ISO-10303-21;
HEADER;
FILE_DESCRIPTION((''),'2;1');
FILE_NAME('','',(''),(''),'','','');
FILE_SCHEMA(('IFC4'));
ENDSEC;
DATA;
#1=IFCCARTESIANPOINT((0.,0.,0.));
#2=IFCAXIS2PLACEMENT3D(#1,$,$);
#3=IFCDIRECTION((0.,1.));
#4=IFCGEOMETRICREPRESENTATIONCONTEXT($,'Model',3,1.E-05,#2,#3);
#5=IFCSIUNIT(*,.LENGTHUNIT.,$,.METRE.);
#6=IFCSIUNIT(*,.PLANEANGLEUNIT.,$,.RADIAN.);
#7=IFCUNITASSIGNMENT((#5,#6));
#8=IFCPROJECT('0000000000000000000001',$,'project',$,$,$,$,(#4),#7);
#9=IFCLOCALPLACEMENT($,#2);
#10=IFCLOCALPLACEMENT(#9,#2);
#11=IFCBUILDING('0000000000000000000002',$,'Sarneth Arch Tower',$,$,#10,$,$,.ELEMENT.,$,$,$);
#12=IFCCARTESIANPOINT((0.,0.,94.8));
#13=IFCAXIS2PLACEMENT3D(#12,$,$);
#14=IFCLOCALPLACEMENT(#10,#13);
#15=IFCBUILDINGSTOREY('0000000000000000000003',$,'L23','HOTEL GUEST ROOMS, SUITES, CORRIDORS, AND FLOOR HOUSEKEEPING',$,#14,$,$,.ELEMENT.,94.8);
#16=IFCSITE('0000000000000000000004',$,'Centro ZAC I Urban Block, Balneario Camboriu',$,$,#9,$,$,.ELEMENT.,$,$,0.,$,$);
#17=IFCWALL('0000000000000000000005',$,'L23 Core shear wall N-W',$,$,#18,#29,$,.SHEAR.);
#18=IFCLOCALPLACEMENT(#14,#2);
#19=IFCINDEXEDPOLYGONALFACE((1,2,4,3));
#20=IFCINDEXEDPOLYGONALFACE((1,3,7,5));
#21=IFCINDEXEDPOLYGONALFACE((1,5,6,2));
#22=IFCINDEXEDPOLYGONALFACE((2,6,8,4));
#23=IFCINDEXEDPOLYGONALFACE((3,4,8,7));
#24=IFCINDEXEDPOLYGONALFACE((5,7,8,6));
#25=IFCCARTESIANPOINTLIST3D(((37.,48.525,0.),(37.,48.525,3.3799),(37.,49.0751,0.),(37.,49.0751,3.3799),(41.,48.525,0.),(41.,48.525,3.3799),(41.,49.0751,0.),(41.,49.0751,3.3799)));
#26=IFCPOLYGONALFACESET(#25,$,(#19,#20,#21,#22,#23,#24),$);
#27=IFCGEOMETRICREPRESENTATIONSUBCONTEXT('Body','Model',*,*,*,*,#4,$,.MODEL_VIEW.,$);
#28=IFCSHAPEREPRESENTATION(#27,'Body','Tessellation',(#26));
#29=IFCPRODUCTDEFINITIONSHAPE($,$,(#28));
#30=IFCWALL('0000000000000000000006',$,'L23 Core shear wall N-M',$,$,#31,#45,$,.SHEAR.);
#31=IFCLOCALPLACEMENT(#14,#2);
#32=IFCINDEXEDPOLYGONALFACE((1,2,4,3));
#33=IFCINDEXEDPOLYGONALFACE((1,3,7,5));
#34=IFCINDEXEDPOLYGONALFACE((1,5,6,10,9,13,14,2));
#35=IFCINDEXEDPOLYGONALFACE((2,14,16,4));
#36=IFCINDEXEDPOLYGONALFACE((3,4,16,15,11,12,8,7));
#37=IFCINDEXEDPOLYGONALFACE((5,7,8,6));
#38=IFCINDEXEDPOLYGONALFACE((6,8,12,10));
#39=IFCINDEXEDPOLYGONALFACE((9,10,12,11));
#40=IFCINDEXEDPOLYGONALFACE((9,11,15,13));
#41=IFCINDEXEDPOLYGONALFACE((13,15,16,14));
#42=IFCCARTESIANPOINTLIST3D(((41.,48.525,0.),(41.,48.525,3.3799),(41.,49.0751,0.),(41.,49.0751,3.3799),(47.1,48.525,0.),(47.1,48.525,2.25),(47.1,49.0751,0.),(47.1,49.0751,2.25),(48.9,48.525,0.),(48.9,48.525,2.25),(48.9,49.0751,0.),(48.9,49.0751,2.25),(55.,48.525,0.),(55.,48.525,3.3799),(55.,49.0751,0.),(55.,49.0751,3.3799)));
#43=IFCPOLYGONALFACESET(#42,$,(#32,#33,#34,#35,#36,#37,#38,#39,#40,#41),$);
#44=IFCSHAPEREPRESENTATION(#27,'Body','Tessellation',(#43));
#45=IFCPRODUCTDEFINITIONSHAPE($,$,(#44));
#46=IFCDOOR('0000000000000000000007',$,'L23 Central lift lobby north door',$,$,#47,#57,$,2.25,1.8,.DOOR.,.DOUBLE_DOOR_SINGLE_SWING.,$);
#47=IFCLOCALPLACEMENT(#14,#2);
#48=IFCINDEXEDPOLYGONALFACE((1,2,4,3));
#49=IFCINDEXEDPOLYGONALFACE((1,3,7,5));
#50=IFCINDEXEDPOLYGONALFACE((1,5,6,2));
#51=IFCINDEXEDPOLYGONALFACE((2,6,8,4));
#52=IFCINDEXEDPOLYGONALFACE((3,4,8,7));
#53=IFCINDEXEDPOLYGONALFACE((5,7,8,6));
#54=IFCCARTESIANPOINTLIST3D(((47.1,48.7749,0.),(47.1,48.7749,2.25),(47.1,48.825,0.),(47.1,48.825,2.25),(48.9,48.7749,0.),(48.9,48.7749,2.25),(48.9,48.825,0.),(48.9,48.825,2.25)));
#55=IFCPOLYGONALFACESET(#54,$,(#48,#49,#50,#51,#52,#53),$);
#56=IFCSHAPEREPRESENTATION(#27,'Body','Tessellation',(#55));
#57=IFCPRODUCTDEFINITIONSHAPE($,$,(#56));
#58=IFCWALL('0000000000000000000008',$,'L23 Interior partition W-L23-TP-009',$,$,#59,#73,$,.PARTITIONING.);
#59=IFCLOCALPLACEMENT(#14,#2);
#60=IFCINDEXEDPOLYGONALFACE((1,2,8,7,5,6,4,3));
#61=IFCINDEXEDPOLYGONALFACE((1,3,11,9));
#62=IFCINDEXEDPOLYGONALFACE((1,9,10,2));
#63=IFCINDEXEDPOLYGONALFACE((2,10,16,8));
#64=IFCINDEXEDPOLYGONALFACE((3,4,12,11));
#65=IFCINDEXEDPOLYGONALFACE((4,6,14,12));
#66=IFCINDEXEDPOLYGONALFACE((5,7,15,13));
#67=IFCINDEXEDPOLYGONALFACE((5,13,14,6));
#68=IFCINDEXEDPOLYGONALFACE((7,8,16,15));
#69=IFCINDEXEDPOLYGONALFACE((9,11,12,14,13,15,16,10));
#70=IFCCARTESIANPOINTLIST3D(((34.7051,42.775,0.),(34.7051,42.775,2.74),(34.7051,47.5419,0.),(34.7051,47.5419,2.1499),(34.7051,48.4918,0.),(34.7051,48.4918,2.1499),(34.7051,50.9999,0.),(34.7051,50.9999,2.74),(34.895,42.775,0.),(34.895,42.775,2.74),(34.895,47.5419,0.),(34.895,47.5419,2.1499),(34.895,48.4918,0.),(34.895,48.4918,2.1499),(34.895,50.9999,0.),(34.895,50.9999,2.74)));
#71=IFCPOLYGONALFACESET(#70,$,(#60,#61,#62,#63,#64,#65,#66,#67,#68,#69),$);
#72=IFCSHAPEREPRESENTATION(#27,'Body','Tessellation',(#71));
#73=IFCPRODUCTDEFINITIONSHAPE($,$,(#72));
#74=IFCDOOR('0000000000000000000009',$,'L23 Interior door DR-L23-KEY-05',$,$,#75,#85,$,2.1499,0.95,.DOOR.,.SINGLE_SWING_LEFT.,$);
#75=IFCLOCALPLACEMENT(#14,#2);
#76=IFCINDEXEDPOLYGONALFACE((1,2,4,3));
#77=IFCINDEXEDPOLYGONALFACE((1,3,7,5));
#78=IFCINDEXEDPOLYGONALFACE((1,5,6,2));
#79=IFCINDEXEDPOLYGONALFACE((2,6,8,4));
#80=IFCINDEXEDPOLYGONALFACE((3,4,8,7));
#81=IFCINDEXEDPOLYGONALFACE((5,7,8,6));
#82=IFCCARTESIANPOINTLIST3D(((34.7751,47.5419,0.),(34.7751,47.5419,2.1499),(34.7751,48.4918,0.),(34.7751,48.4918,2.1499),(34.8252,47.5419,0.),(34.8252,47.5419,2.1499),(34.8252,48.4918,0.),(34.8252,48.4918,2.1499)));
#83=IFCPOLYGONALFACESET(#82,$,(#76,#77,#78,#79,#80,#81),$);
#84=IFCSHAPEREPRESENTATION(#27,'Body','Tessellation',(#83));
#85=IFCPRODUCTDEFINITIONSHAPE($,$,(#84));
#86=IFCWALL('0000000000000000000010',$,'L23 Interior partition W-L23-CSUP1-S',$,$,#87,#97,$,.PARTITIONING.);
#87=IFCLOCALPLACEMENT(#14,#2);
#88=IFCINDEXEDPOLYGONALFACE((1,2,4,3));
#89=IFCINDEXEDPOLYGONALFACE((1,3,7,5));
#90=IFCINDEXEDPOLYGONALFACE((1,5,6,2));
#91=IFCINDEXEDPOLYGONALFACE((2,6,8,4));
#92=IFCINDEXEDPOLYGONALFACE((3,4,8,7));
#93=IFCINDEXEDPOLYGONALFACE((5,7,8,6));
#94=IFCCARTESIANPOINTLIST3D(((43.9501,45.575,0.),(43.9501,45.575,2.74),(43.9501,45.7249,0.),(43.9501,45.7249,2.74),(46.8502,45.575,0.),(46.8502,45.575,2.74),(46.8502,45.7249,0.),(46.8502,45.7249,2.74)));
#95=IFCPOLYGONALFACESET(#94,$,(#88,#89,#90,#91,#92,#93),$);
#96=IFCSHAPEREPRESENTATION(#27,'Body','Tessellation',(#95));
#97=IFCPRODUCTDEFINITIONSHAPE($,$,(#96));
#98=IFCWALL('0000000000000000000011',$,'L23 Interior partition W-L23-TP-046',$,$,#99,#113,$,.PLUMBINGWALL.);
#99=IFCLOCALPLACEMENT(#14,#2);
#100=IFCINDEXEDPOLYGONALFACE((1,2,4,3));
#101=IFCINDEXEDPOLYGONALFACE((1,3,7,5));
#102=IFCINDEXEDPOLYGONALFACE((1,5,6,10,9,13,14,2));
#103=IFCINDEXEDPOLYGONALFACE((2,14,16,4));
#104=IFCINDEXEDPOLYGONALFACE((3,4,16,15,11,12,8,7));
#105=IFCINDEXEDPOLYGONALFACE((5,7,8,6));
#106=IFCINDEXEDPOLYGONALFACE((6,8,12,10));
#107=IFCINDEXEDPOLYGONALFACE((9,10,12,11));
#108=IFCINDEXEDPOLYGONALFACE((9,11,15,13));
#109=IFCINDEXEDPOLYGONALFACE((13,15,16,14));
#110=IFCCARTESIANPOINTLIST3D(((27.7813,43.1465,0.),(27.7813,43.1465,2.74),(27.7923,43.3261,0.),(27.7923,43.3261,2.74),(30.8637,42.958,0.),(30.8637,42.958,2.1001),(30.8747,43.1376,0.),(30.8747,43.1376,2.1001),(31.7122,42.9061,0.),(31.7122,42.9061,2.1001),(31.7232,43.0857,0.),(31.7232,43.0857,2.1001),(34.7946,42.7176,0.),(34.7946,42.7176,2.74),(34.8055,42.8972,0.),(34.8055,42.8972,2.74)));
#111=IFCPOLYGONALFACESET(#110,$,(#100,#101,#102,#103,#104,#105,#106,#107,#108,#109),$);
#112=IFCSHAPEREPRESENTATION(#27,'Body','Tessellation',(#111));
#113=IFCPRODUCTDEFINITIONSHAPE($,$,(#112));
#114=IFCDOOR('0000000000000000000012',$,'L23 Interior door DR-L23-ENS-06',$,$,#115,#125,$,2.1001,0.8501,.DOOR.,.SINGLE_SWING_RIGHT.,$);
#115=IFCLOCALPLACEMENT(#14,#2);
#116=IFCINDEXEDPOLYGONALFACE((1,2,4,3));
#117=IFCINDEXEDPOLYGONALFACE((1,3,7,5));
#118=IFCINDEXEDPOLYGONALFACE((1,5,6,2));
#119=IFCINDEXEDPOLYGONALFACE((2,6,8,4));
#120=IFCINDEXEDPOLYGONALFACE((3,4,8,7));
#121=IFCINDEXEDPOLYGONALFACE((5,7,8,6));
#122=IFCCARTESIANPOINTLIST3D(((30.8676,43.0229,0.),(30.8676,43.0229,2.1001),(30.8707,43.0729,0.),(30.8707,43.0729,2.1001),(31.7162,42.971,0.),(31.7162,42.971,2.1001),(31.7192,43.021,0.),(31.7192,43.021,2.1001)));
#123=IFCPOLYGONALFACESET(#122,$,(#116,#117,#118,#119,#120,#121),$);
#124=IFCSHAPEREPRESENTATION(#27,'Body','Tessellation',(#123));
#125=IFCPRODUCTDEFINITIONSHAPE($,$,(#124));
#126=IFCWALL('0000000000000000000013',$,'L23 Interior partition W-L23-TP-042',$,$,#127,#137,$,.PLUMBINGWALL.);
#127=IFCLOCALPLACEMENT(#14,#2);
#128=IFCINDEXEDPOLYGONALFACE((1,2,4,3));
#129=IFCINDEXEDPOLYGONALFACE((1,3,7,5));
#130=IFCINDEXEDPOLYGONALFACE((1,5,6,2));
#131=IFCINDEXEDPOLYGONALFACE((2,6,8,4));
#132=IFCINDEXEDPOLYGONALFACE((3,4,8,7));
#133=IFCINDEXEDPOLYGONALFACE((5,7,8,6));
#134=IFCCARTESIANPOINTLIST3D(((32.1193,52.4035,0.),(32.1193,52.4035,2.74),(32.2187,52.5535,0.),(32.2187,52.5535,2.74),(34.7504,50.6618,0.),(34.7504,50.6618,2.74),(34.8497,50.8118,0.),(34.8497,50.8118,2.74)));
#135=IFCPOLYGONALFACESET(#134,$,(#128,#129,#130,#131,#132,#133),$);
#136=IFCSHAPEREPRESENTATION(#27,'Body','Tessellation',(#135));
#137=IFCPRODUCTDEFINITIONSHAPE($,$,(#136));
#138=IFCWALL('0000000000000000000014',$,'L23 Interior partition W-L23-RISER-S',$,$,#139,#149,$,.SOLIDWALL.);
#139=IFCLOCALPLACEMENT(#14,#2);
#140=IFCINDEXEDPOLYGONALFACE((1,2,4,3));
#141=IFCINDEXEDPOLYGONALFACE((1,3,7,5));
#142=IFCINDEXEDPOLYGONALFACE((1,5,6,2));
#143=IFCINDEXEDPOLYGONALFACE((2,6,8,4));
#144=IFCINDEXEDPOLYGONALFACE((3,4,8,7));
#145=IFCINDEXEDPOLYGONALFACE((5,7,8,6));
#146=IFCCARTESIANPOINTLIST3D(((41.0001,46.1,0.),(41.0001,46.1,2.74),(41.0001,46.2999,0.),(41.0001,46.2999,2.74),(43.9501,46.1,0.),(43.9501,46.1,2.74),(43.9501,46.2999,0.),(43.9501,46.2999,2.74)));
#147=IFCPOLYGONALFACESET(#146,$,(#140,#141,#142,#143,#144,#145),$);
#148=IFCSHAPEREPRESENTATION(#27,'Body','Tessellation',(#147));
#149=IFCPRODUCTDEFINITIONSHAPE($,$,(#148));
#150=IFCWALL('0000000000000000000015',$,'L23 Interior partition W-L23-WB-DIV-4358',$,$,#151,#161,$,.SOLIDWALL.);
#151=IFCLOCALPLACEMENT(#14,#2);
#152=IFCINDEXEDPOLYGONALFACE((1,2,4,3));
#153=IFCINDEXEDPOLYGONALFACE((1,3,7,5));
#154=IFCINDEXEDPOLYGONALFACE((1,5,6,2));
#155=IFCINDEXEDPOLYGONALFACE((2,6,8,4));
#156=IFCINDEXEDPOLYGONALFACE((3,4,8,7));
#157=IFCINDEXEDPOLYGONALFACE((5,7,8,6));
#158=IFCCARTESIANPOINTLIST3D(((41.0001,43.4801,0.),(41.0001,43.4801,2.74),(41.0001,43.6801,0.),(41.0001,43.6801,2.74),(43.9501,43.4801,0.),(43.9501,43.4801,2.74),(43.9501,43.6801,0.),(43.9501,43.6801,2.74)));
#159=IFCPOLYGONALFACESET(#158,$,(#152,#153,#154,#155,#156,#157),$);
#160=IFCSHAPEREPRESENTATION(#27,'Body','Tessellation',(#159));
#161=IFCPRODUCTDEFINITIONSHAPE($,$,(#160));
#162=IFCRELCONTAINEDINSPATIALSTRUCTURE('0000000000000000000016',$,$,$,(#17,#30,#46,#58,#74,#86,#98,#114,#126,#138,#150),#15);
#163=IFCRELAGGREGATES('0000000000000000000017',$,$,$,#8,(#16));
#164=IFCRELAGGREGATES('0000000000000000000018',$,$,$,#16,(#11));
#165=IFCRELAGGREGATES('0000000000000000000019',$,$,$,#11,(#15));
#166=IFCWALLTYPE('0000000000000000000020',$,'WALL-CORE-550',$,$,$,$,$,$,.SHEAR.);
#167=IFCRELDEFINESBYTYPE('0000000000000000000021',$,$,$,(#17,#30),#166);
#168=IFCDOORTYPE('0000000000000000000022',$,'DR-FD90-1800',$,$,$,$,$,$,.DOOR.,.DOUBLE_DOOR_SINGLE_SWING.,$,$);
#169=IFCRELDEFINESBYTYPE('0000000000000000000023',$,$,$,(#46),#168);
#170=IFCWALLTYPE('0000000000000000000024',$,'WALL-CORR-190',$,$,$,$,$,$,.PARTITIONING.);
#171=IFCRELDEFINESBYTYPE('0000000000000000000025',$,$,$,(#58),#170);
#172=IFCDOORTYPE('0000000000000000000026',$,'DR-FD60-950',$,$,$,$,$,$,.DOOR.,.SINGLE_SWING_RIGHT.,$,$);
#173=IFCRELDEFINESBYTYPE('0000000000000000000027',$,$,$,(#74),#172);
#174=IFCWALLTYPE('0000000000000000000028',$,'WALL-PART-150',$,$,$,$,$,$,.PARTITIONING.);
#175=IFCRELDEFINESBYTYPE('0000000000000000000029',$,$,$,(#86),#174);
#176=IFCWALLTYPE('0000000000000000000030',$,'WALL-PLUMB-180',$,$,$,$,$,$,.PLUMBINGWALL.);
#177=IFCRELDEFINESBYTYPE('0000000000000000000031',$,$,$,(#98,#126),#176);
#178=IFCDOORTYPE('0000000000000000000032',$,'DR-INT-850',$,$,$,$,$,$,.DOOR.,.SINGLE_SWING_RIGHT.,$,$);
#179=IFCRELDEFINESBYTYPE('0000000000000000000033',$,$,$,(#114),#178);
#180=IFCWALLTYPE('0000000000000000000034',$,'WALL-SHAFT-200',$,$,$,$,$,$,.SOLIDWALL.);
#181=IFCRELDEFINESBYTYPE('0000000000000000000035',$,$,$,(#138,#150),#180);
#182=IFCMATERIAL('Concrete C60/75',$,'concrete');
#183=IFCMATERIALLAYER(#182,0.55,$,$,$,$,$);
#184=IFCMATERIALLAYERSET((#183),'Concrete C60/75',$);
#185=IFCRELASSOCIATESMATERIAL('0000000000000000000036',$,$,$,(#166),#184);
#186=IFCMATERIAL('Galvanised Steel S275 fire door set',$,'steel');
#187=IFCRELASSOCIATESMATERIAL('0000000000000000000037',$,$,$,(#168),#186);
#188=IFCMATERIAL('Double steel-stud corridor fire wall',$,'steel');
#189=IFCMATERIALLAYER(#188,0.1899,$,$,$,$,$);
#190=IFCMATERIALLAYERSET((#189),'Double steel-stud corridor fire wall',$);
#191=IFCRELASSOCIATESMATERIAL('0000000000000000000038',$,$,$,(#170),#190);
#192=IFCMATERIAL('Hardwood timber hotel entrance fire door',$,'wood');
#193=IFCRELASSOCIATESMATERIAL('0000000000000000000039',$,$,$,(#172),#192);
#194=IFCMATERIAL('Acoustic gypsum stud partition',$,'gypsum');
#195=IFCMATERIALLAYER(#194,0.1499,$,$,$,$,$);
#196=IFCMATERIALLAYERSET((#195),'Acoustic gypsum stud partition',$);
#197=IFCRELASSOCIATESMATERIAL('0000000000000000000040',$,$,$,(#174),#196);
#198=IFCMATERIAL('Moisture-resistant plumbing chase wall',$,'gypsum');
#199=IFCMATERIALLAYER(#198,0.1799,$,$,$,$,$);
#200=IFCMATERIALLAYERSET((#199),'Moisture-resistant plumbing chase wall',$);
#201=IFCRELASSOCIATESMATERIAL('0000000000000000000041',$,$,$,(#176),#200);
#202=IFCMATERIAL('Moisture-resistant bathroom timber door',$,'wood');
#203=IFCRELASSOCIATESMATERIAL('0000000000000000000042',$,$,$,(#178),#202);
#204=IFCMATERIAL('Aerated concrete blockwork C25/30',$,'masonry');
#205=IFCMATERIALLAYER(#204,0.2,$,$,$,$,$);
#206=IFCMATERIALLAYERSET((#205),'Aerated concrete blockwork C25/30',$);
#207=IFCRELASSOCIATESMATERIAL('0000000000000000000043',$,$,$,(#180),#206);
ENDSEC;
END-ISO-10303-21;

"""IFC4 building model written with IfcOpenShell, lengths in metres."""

from ifc_helpers import new_model, si_unit, direction, frame, frame_2d, origin, place, context, subcontext, project, spatial, rectangle, extrude, material, layer, layer_set, type_object, element, fill, save


model = new_model("IFC4")

# Units and contexts
model_context = context("Model", 3, precision=1e-05, world=origin(), true_north=direction((0.0, 1.0)))
body_context = subcontext(model_context, "Body", "Model", "MODEL_VIEW")
ifc_project = project(units=[si_unit("LENGTHUNIT", "METRE"), si_unit("PLANEANGLEUNIT", "RADIAN")], contexts=[model_context])

# Site, building, storey
site_placement = place(None, origin())
site = spatial("IfcSite", under=ifc_project, at=site_placement, Name="Centro ZAC I Urban Block, Balneario Camboriu", CompositionType="ELEMENT", RefElevation=0.0)
building_placement = place(site_placement, origin())
building = spatial("IfcBuilding", under=site, at=building_placement, Name="Sarneth Arch Tower", CompositionType="ELEMENT")
storey_placement = place(building_placement, frame((0.0, 0.0, 94.8)))
storey = spatial("IfcBuildingStorey", under=building, at=storey_placement, Name="L23", Description="HOTEL GUEST ROOMS, SUITES, CORRIDORS, AND FLOOR HOUSEKEEPING", CompositionType="ELEMENT", Elevation=94.8)

# Wall
ifc_material_1 = material(Name="Concrete C60/75", Category="concrete")
ifc_layer_1 = layer(ifc_material_1, 0.55)
ifc_layer_set_1 = layer_set([ifc_layer_1], Name="Concrete C60/75")
wall_type_1 = type_object("IfcWallType", Name="WALL-CORE-550", PredefinedType="SHEAR", material=ifc_layer_set_1)
wall_1_placement = place(storey_placement, frame((37.0, 48.8, 0.0), z_axis=(0.0, 0.0, 1.0), x_axis=(1.0, 0.0, 0.0)))
element("IfcWall", 1, at=wall_1_placement, inside=storey, type_object=wall_type_1, Name="L23 Core shear wall N-W", PredefinedType="SHEAR", context=body_context, shape_type="SweptSolid", body=[
    extrude(rectangle(XDim=4.0, YDim=0.55, at=frame_2d((2.0, 0.0))), origin(), (0.0, 0.0, 1.0), 3.3799),
])

# Walls, openings, doors
wall_2_placement = place(storey_placement, frame((41.0, 48.8, 0.0), z_axis=(0.0, 0.0, 1.0), x_axis=(1.0, 0.0, 0.0)))
wall_2 = element("IfcWall", 2, at=wall_2_placement, inside=storey, type_object=wall_type_1, Name="L23 Core shear wall N-M", PredefinedType="SHEAR", context=body_context, shape_type="SweptSolid", body=[
    extrude(rectangle(XDim=14.0, YDim=0.55, at=frame_2d((7.0, 0.0))), origin(), (0.0, 0.0, 1.0), 3.3799),
])
opening_1_placement = place(wall_2_placement, frame((6.1001, 0.0, 0.0)))
opening_1 = element("IfcOpeningElement", 3, at=opening_1_placement, cuts=wall_2, PredefinedType="OPENING", context=body_context, shape_type="SweptSolid", body=[
    extrude(rectangle(XDim=1.8, YDim=2.25, at=frame_2d((0.8999, 1.125))), frame((0.0, 0.2849, 0.0), z_axis=(0.0, -1.0, 0.0), x_axis=(1.0, 0.0, 0.0)), (0.0, 0.0, 1.0), 0.5701),
])
ifc_material_2 = material(Name="Galvanised Steel S275 fire door set", Category="steel")
door_type_1 = type_object("IfcDoorType", Name="DR-FD90-1800", OperationType="DOUBLE_DOOR_SINGLE_SWING", PredefinedType="DOOR", material=ifc_material_2)
door_1_placement = place(opening_1_placement, origin())
door_1 = element("IfcDoor", 4, at=door_1_placement, inside=storey, type_object=door_type_1, Name="L23 Central lift lobby north door", OperationType="DOUBLE_DOOR_SINGLE_SWING", OverallHeight=2.25, OverallWidth=1.8, PredefinedType="DOOR", context=body_context, shape_type="SweptSolid", body=[
    extrude(rectangle(XDim=1.8, YDim=2.25, at=frame_2d((0.8999, 1.125))), frame((0.0, 0.0249, 0.0), z_axis=(0.0, -1.0, 0.0), x_axis=(1.0, 0.0, 0.0)), (0.0, 0.0, 1.0), 0.05),
])
fill(opening_1, door_1)
ifc_material_3 = material(Name="Double steel-stud corridor fire wall", Category="steel")
ifc_layer_2 = layer(ifc_material_3, 0.1899)
ifc_layer_set_2 = layer_set([ifc_layer_2], Name="Double steel-stud corridor fire wall")
wall_type_2 = type_object("IfcWallType", Name="WALL-CORR-190", PredefinedType="PARTITIONING", material=ifc_layer_set_2)
wall_3_placement = place(storey_placement, frame((34.8, 42.7751, 0.0), z_axis=(0.0, 0.0, 1.0), x_axis=(0.0, 1.0, 0.0)))
wall_3 = element("IfcWall", 5, at=wall_3_placement, inside=storey, type_object=wall_type_2, Name="L23 Interior partition W-L23-TP-009", PredefinedType="PARTITIONING", context=body_context, shape_type="SweptSolid", body=[
    extrude(rectangle(XDim=8.2249, YDim=0.1899, at=frame_2d((4.1123, 0.0))), origin(), (0.0, 0.0, 1.0), 2.74),
])
opening_2_placement = place(wall_3_placement, frame((4.7666, 0.0, 0.0)))
opening_2 = element("IfcOpeningElement", 6, at=opening_2_placement, cuts=wall_3, PredefinedType="OPENING", context=body_context, shape_type="SweptSolid", body=[
    extrude(rectangle(XDim=0.95, YDim=2.1499, at=frame_2d((0.4751, 1.075))), frame((0.0, 0.105, 0.0), z_axis=(0.0, -1.0, 0.0), x_axis=(1.0, 0.0, 0.0)), (0.0, 0.0, 1.0), 0.21),
])
ifc_material_4 = material(Name="Hardwood timber hotel entrance fire door", Category="wood")
door_type_2 = type_object("IfcDoorType", Name="DR-FD60-950", OperationType="SINGLE_SWING_RIGHT", PredefinedType="DOOR", material=ifc_material_4)
door_2_placement = place(opening_2_placement, origin())
door_2 = element("IfcDoor", 7, at=door_2_placement, inside=storey, type_object=door_type_2, Name="L23 Interior door DR-L23-KEY-05", OperationType="SINGLE_SWING_LEFT", OverallHeight=2.1499, OverallWidth=0.95, PredefinedType="DOOR", context=body_context, shape_type="SweptSolid", body=[
    extrude(rectangle(XDim=0.95, YDim=2.1499, at=frame_2d((0.4751, 1.075))), frame((0.0, 0.0249, 0.0), z_axis=(0.0, -1.0, 0.0), x_axis=(1.0, 0.0, 0.0)), (0.0, 0.0, 1.0), 0.05),
])
fill(opening_2, door_2)

# Wall
ifc_material_5 = material(Name="Acoustic gypsum stud partition", Category="gypsum")
ifc_layer_3 = layer(ifc_material_5, 0.1499)
ifc_layer_set_3 = layer_set([ifc_layer_3], Name="Acoustic gypsum stud partition")
wall_type_3 = type_object("IfcWallType", Name="WALL-PART-150", PredefinedType="PARTITIONING", material=ifc_layer_set_3)
wall_4_placement = place(storey_placement, frame((43.95, 45.6499, 0.0), z_axis=(0.0, 0.0, 1.0), x_axis=(1.0, 0.0, 0.0)))
element("IfcWall", 8, at=wall_4_placement, inside=storey, type_object=wall_type_3, Name="L23 Interior partition W-L23-CSUP1-S", PredefinedType="PARTITIONING", context=body_context, shape_type="SweptSolid", body=[
    extrude(rectangle(XDim=2.9001, YDim=0.1499, at=frame_2d((1.4502, 0.0))), origin(), (0.0, 0.0, 1.0), 2.74),
])

# Wall, opening, door
ifc_material_6 = material(Name="Moisture-resistant plumbing chase wall", Category="gypsum")
ifc_layer_4 = layer(ifc_material_6, 0.1799)
ifc_layer_set_4 = layer_set([ifc_layer_4], Name="Moisture-resistant plumbing chase wall")
wall_type_4 = type_object("IfcWallType", Name="WALL-PLUMB-180", PredefinedType="PLUMBINGWALL", material=ifc_layer_set_4)
wall_5_placement = place(storey_placement, frame((34.8, 42.8074, 0.0), z_axis=(0.0, 0.0, 1.0), x_axis=(-0.998135, 0.06105, 0.0)))
wall_5 = element("IfcWall", 9, at=wall_5_placement, inside=storey, type_object=wall_type_4, Name="L23 Interior partition W-L23-TP-046", PredefinedType="PLUMBINGWALL", context=body_context, shape_type="SweptSolid", body=[
    extrude(rectangle(XDim=7.0264, YDim=0.1799, at=frame_2d((3.5132, 0.0))), origin(), (0.0, 0.0, 1.0), 2.74),
])
opening_3_placement = place(wall_5_placement, frame((3.0881, 0.0, 0.0)))
opening_3 = element("IfcOpeningElement", 10, at=opening_3_placement, cuts=wall_5, PredefinedType="OPENING", context=body_context, shape_type="SweptSolid", body=[
    extrude(rectangle(XDim=0.8501, YDim=2.1001, at=frame_2d((0.425, 1.05))), frame((0.0, 0.0999, 0.0), z_axis=(0.0, -1.0, 0.0), x_axis=(1.0, 0.0, 0.0)), (0.0, 0.0, 1.0), 0.2),
])
ifc_material_7 = material(Name="Moisture-resistant bathroom timber door", Category="wood")
door_type_3 = type_object("IfcDoorType", Name="DR-INT-850", OperationType="SINGLE_SWING_RIGHT", PredefinedType="DOOR", material=ifc_material_7)
door_3_placement = place(opening_3_placement, origin())
door_3 = element("IfcDoor", 11, at=door_3_placement, inside=storey, type_object=door_type_3, Name="L23 Interior door DR-L23-ENS-06", OperationType="SINGLE_SWING_RIGHT", OverallHeight=2.1001, OverallWidth=0.8501, PredefinedType="DOOR", context=body_context, shape_type="SweptSolid", body=[
    extrude(rectangle(XDim=0.8501, YDim=2.1001, at=frame_2d((0.425, 1.05))), frame((0.0, 0.0249, 0.0), z_axis=(0.0, -1.0, 0.0), x_axis=(1.0, 0.0, 0.0)), (0.0, 0.0, 1.0), 0.05),
])
fill(opening_3, door_3)

# Walls
wall_6_placement = place(storey_placement, frame((34.8, 50.7368, 0.0), z_axis=(0.0, 0.0, 1.0), x_axis=(-0.833855, 0.551983, 0.0)))
element("IfcWall", 12, at=wall_6_placement, inside=storey, type_object=wall_type_4, Name="L23 Interior partition W-L23-TP-042", PredefinedType="PLUMBINGWALL", context=body_context, shape_type="SweptSolid", body=[
    extrude(rectangle(XDim=3.1553, YDim=0.1799, at=frame_2d((1.5776, 0.0))), origin(), (0.0, 0.0, 1.0), 2.74),
])
ifc_material_8 = material(Name="Aerated concrete blockwork C25/30", Category="masonry")
ifc_layer_5 = layer(ifc_material_8, 0.2)
ifc_layer_set_5 = layer_set([ifc_layer_5], Name="Aerated concrete blockwork C25/30")
wall_type_5 = type_object("IfcWallType", Name="WALL-SHAFT-200", PredefinedType="SOLIDWALL", material=ifc_layer_set_5)
wall_7_placement = place(storey_placement, frame((41.0, 46.2, 0.0), z_axis=(0.0, 0.0, 1.0), x_axis=(1.0, 0.0, 0.0)))
element("IfcWall", 13, at=wall_7_placement, inside=storey, type_object=wall_type_5, Name="L23 Interior partition W-L23-RISER-S", PredefinedType="SOLIDWALL", context=body_context, shape_type="SweptSolid", body=[
    extrude(rectangle(XDim=2.95, YDim=0.2, at=frame_2d((1.4751, 0.0))), origin(), (0.0, 0.0, 1.0), 2.74),
])

# Wall
wall_8_placement = place(storey_placement, frame((41.0, 43.5801, 0.0), z_axis=(0.0, 0.0, 1.0), x_axis=(1.0, 0.0, 0.0)))
element("IfcWall", 14, at=wall_8_placement, inside=storey, type_object=wall_type_5, Name="L23 Interior partition W-L23-WB-DIV-4358", PredefinedType="SOLIDWALL", context=body_context, shape_type="SweptSolid", body=[
    extrude(rectangle(XDim=2.95, YDim=0.2, at=frame_2d((1.4751, 0.0))), origin(), (0.0, 0.0, 1.0), 2.74),
])

save(model, "model.ifc")
